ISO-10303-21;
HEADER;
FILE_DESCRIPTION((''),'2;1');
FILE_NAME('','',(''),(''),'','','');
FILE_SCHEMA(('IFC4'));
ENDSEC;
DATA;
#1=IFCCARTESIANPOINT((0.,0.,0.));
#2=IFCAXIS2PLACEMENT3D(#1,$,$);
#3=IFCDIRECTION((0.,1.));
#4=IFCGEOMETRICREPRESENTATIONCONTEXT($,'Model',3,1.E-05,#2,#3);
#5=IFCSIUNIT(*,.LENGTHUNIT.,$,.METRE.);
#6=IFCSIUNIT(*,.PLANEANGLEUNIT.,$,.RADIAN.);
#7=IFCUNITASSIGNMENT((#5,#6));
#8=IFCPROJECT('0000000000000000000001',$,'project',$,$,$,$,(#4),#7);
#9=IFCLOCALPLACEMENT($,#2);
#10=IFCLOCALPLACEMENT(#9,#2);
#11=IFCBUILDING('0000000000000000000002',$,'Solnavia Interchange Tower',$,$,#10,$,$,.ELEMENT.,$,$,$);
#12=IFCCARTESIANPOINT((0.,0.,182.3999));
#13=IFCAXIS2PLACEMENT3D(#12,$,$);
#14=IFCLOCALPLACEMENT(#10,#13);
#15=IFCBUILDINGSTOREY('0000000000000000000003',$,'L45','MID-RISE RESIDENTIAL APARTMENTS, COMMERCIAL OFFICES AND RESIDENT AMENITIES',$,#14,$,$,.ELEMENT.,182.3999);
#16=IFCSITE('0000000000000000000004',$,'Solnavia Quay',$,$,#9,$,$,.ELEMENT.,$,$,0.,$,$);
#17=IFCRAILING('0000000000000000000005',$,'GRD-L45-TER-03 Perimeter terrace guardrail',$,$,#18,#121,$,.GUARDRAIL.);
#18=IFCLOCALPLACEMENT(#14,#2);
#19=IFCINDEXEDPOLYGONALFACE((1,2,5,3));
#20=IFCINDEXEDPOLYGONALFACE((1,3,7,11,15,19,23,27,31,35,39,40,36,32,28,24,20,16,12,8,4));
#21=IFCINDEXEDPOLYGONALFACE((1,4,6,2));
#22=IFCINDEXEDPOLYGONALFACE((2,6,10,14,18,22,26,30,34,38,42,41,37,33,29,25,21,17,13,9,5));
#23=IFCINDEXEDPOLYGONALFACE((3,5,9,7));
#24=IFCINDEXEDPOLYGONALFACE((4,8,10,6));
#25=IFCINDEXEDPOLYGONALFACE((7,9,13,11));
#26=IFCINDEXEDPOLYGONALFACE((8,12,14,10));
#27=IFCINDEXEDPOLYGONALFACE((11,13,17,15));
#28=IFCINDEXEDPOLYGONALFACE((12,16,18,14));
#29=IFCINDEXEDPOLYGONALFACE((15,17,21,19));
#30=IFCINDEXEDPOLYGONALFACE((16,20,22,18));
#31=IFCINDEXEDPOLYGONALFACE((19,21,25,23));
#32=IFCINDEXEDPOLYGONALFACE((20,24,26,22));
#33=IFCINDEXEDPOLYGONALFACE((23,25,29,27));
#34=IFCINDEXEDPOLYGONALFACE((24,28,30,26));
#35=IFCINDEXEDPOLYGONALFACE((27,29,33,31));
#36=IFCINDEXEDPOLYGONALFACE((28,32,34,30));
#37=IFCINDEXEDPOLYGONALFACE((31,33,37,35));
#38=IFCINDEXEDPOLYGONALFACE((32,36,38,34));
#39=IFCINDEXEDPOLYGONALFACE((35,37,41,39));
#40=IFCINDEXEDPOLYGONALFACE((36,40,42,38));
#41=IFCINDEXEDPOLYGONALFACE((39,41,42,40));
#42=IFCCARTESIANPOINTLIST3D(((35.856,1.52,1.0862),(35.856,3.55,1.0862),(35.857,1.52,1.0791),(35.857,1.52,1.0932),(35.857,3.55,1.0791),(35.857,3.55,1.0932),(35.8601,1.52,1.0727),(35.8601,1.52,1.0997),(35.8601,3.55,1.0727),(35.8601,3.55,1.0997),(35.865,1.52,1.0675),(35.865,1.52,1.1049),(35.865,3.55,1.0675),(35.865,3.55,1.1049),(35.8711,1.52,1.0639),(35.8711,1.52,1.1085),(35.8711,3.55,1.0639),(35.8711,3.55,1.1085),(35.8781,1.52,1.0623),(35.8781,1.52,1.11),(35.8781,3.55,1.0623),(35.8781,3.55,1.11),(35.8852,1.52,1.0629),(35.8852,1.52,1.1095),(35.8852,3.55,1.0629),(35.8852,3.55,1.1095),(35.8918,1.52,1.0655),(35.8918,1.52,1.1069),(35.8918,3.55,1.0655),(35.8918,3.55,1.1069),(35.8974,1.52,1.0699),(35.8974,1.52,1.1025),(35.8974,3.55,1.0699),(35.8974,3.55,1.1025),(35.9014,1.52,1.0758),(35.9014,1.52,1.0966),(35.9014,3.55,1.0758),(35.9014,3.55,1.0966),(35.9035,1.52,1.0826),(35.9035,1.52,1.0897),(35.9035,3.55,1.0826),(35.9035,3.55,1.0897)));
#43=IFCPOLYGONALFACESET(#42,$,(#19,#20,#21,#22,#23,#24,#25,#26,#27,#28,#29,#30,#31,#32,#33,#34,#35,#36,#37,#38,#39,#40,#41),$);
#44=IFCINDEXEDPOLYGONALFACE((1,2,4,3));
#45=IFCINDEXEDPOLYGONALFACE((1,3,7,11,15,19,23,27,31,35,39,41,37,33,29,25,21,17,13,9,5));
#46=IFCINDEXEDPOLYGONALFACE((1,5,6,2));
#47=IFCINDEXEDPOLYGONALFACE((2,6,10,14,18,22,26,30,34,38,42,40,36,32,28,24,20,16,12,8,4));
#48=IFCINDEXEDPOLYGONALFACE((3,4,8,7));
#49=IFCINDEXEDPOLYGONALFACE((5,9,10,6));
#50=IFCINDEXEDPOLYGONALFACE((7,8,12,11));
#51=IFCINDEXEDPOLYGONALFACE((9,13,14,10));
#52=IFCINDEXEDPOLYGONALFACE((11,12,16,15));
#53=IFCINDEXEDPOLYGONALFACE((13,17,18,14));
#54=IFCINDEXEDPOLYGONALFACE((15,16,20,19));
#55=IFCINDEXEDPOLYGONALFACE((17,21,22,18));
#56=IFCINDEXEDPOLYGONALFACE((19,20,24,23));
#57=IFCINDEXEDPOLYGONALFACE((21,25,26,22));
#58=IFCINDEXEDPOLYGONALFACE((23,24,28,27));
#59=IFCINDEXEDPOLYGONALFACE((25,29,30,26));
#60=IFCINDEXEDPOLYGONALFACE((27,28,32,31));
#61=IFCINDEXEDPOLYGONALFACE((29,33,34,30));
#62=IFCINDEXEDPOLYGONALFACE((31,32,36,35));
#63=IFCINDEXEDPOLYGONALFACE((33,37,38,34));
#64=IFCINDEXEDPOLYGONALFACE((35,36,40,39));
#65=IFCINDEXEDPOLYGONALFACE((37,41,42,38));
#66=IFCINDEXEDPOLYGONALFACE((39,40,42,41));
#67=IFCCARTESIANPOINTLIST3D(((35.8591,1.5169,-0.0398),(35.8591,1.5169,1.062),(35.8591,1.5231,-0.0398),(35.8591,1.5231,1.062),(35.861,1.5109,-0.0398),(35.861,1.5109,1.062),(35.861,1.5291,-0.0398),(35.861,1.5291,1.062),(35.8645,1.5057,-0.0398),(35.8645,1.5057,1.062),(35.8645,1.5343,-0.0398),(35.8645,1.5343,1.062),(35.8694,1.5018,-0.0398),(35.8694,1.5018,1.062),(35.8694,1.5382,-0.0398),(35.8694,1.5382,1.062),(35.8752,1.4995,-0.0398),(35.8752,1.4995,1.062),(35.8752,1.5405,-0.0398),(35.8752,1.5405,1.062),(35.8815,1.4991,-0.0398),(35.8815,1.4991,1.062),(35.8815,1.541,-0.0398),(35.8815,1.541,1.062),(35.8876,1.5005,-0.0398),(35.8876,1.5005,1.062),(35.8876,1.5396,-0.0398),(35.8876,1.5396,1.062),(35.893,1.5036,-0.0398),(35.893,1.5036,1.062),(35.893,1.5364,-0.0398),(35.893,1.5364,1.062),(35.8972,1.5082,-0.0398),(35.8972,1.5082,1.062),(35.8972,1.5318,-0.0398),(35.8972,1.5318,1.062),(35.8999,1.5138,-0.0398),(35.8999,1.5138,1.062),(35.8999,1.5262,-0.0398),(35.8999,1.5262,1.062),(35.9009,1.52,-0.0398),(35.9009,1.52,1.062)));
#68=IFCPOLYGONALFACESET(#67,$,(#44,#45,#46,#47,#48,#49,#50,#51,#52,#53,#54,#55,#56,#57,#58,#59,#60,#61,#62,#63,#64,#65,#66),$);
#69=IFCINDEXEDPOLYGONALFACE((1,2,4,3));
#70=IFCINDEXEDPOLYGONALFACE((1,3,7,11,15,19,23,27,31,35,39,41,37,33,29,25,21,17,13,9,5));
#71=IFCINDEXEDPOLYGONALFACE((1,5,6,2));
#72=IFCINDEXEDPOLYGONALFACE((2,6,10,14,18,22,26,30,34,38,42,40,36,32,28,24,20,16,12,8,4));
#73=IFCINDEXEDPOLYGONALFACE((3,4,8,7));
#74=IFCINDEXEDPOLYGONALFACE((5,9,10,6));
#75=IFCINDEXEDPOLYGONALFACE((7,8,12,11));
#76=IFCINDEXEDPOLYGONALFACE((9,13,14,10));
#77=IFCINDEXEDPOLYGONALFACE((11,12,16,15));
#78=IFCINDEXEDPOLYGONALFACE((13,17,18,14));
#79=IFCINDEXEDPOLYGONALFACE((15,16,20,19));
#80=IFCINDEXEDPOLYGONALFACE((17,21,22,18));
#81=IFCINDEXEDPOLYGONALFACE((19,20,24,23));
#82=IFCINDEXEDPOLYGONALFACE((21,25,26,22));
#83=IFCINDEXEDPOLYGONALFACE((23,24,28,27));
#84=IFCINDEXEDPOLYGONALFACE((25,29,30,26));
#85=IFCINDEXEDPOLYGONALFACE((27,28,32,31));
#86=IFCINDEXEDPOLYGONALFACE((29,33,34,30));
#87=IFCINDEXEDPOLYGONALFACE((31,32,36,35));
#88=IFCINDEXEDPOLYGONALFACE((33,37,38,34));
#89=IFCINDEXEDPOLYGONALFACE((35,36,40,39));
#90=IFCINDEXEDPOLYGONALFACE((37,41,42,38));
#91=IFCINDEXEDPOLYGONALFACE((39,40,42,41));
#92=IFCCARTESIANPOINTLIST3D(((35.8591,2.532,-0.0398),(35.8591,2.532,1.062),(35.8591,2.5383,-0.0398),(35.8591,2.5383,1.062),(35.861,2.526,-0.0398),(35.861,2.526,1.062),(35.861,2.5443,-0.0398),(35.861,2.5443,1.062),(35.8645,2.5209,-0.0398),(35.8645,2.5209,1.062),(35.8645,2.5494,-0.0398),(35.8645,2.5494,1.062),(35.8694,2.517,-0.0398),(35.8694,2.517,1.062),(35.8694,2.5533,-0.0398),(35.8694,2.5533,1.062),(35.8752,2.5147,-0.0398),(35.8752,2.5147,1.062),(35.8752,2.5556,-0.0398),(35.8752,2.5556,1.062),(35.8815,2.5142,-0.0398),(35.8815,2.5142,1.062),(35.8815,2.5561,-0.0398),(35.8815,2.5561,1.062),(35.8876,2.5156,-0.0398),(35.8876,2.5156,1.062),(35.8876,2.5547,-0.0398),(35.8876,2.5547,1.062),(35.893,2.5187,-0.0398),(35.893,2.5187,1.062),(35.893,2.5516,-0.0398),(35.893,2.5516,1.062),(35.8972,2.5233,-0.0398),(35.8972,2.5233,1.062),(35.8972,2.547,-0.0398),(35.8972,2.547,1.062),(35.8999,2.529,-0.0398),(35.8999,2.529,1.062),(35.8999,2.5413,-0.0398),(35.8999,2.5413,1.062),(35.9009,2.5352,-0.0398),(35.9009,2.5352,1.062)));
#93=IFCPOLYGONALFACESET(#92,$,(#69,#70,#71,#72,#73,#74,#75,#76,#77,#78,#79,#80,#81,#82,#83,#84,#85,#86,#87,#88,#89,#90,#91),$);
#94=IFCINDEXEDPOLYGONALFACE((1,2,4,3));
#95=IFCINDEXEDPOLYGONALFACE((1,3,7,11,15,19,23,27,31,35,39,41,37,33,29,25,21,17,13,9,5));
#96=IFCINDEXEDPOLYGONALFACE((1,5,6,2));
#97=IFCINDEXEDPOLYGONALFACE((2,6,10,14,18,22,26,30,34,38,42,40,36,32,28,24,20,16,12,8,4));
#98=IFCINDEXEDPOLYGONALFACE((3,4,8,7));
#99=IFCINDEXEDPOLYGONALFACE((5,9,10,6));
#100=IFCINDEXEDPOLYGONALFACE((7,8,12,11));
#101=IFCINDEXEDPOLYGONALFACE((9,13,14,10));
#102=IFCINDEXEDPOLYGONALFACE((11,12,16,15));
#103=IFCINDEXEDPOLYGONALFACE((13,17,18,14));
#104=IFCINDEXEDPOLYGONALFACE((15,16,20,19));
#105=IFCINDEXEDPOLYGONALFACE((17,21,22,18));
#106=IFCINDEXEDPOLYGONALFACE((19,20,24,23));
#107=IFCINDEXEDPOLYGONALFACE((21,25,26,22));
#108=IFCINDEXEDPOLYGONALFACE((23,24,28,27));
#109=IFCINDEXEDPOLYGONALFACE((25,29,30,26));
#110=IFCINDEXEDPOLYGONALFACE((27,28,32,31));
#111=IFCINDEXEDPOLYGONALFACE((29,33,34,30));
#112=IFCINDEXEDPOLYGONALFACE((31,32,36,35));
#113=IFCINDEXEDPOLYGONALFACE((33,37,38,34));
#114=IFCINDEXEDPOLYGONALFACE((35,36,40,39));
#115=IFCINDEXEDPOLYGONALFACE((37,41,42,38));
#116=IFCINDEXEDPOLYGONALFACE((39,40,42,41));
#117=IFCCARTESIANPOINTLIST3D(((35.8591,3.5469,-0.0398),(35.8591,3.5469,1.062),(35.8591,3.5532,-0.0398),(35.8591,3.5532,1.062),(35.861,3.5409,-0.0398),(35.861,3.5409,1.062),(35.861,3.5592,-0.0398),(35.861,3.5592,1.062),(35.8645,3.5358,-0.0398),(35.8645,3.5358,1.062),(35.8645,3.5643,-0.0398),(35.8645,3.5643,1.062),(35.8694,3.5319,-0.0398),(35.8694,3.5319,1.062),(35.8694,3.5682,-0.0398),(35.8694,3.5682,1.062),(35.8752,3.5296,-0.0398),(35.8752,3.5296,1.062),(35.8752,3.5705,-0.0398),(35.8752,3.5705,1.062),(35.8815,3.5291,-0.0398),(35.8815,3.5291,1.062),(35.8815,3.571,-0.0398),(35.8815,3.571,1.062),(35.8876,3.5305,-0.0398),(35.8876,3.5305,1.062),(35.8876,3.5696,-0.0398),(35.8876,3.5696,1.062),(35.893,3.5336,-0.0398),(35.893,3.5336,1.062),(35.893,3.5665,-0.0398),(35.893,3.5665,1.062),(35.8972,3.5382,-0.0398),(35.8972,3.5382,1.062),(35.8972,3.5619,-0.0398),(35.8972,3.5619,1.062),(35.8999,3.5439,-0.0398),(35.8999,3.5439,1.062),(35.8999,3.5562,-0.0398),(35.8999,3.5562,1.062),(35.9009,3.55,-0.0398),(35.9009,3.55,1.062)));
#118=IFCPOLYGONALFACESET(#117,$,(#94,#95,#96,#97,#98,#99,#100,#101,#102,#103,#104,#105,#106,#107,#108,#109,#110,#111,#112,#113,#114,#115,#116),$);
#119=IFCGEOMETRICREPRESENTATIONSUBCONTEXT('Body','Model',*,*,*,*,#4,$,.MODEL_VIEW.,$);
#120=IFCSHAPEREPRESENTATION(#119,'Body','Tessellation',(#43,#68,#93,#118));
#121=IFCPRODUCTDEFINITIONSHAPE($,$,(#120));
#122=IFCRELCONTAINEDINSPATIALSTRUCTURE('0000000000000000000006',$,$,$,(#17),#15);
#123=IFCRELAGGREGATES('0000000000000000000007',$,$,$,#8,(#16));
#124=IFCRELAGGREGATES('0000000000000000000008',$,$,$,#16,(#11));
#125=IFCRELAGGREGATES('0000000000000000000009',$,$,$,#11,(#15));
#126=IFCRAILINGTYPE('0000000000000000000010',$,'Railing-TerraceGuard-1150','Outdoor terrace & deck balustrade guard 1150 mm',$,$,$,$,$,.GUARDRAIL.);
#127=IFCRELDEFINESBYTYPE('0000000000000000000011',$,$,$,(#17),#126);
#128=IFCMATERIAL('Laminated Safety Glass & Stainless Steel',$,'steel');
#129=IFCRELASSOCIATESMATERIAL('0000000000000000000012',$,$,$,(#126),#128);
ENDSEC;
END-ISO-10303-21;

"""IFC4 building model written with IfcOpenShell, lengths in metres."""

from ifc_helpers import new_model, si_unit, direction, frame, origin, origin_2d, place, context, subcontext, project, spatial, circle, extrude, material, type_object, element, save


model = new_model("IFC4")

# Units and contexts
model_context = context("Model", 3, precision=1e-05, world=origin(), true_north=direction((0.0, 1.0)))
body_context = subcontext(model_context, "Body", "Model", "MODEL_VIEW")
ifc_project = project(units=[si_unit("LENGTHUNIT", "METRE"), si_unit("PLANEANGLEUNIT", "RADIAN")], contexts=[model_context])

# Site, building, storey
site_placement = place(None, origin())
site = spatial("IfcSite", under=ifc_project, at=site_placement, Name="Solnavia Quay", CompositionType="ELEMENT", RefElevation=0.0)
building_placement = place(site_placement, origin())
building = spatial("IfcBuilding", under=site, at=building_placement, Name="Solnavia Interchange Tower", CompositionType="ELEMENT")
storey_placement = place(building_placement, frame((0.0, 0.0, 182.3999)))
storey = spatial("IfcBuildingStorey", under=building, at=storey_placement, Name="L45", Description="MID-RISE RESIDENTIAL APARTMENTS, COMMERCIAL OFFICES AND RESIDENT AMENITIES", CompositionType="ELEMENT", Elevation=182.3999)

# Railing
ifc_material_1 = material(Name="Laminated Safety Glass & Stainless Steel", Category="steel")
railing_type_1 = type_object("IfcRailingType", Name="Railing-TerraceGuard-1150", Description="Outdoor terrace & deck balustrade guard 1150 mm", PredefinedType="GUARDRAIL", material=ifc_material_1)
railing_1_placement = place(storey_placement, frame((35.8799, 1.52, -0.0398)))
element("IfcRailing", 1, at=railing_1_placement, inside=storey, type_object=railing_type_1, Name="GRD-L45-TER-03 Perimeter terrace guardrail", PredefinedType="GUARDRAIL", context=body_context, shape_type="SweptSolid", body=[
    extrude(circle(Radius=0.0239, at=origin_2d()), frame((0.0, 0.0, 1.126), z_axis=(0.0, 1.0, 0.0), x_axis=(-1.0, 0.0, 0.0)), (0.0, 0.0, 1.0), 2.03),
    extrude(circle(Radius=0.021, at=origin_2d()), origin(), (0.0, 0.0, 1.0), 1.1018),
    extrude(circle(Radius=0.021, at=origin_2d()), frame((0.0, 1.0151, 0.0)), (0.0, 0.0, 1.0), 1.1018),
    extrude(circle(Radius=0.021, at=origin_2d()), frame((0.0, 2.03, 0.0)), (0.0, 0.0, 1.0), 1.1018),
])

save(model, "model.ifc")
